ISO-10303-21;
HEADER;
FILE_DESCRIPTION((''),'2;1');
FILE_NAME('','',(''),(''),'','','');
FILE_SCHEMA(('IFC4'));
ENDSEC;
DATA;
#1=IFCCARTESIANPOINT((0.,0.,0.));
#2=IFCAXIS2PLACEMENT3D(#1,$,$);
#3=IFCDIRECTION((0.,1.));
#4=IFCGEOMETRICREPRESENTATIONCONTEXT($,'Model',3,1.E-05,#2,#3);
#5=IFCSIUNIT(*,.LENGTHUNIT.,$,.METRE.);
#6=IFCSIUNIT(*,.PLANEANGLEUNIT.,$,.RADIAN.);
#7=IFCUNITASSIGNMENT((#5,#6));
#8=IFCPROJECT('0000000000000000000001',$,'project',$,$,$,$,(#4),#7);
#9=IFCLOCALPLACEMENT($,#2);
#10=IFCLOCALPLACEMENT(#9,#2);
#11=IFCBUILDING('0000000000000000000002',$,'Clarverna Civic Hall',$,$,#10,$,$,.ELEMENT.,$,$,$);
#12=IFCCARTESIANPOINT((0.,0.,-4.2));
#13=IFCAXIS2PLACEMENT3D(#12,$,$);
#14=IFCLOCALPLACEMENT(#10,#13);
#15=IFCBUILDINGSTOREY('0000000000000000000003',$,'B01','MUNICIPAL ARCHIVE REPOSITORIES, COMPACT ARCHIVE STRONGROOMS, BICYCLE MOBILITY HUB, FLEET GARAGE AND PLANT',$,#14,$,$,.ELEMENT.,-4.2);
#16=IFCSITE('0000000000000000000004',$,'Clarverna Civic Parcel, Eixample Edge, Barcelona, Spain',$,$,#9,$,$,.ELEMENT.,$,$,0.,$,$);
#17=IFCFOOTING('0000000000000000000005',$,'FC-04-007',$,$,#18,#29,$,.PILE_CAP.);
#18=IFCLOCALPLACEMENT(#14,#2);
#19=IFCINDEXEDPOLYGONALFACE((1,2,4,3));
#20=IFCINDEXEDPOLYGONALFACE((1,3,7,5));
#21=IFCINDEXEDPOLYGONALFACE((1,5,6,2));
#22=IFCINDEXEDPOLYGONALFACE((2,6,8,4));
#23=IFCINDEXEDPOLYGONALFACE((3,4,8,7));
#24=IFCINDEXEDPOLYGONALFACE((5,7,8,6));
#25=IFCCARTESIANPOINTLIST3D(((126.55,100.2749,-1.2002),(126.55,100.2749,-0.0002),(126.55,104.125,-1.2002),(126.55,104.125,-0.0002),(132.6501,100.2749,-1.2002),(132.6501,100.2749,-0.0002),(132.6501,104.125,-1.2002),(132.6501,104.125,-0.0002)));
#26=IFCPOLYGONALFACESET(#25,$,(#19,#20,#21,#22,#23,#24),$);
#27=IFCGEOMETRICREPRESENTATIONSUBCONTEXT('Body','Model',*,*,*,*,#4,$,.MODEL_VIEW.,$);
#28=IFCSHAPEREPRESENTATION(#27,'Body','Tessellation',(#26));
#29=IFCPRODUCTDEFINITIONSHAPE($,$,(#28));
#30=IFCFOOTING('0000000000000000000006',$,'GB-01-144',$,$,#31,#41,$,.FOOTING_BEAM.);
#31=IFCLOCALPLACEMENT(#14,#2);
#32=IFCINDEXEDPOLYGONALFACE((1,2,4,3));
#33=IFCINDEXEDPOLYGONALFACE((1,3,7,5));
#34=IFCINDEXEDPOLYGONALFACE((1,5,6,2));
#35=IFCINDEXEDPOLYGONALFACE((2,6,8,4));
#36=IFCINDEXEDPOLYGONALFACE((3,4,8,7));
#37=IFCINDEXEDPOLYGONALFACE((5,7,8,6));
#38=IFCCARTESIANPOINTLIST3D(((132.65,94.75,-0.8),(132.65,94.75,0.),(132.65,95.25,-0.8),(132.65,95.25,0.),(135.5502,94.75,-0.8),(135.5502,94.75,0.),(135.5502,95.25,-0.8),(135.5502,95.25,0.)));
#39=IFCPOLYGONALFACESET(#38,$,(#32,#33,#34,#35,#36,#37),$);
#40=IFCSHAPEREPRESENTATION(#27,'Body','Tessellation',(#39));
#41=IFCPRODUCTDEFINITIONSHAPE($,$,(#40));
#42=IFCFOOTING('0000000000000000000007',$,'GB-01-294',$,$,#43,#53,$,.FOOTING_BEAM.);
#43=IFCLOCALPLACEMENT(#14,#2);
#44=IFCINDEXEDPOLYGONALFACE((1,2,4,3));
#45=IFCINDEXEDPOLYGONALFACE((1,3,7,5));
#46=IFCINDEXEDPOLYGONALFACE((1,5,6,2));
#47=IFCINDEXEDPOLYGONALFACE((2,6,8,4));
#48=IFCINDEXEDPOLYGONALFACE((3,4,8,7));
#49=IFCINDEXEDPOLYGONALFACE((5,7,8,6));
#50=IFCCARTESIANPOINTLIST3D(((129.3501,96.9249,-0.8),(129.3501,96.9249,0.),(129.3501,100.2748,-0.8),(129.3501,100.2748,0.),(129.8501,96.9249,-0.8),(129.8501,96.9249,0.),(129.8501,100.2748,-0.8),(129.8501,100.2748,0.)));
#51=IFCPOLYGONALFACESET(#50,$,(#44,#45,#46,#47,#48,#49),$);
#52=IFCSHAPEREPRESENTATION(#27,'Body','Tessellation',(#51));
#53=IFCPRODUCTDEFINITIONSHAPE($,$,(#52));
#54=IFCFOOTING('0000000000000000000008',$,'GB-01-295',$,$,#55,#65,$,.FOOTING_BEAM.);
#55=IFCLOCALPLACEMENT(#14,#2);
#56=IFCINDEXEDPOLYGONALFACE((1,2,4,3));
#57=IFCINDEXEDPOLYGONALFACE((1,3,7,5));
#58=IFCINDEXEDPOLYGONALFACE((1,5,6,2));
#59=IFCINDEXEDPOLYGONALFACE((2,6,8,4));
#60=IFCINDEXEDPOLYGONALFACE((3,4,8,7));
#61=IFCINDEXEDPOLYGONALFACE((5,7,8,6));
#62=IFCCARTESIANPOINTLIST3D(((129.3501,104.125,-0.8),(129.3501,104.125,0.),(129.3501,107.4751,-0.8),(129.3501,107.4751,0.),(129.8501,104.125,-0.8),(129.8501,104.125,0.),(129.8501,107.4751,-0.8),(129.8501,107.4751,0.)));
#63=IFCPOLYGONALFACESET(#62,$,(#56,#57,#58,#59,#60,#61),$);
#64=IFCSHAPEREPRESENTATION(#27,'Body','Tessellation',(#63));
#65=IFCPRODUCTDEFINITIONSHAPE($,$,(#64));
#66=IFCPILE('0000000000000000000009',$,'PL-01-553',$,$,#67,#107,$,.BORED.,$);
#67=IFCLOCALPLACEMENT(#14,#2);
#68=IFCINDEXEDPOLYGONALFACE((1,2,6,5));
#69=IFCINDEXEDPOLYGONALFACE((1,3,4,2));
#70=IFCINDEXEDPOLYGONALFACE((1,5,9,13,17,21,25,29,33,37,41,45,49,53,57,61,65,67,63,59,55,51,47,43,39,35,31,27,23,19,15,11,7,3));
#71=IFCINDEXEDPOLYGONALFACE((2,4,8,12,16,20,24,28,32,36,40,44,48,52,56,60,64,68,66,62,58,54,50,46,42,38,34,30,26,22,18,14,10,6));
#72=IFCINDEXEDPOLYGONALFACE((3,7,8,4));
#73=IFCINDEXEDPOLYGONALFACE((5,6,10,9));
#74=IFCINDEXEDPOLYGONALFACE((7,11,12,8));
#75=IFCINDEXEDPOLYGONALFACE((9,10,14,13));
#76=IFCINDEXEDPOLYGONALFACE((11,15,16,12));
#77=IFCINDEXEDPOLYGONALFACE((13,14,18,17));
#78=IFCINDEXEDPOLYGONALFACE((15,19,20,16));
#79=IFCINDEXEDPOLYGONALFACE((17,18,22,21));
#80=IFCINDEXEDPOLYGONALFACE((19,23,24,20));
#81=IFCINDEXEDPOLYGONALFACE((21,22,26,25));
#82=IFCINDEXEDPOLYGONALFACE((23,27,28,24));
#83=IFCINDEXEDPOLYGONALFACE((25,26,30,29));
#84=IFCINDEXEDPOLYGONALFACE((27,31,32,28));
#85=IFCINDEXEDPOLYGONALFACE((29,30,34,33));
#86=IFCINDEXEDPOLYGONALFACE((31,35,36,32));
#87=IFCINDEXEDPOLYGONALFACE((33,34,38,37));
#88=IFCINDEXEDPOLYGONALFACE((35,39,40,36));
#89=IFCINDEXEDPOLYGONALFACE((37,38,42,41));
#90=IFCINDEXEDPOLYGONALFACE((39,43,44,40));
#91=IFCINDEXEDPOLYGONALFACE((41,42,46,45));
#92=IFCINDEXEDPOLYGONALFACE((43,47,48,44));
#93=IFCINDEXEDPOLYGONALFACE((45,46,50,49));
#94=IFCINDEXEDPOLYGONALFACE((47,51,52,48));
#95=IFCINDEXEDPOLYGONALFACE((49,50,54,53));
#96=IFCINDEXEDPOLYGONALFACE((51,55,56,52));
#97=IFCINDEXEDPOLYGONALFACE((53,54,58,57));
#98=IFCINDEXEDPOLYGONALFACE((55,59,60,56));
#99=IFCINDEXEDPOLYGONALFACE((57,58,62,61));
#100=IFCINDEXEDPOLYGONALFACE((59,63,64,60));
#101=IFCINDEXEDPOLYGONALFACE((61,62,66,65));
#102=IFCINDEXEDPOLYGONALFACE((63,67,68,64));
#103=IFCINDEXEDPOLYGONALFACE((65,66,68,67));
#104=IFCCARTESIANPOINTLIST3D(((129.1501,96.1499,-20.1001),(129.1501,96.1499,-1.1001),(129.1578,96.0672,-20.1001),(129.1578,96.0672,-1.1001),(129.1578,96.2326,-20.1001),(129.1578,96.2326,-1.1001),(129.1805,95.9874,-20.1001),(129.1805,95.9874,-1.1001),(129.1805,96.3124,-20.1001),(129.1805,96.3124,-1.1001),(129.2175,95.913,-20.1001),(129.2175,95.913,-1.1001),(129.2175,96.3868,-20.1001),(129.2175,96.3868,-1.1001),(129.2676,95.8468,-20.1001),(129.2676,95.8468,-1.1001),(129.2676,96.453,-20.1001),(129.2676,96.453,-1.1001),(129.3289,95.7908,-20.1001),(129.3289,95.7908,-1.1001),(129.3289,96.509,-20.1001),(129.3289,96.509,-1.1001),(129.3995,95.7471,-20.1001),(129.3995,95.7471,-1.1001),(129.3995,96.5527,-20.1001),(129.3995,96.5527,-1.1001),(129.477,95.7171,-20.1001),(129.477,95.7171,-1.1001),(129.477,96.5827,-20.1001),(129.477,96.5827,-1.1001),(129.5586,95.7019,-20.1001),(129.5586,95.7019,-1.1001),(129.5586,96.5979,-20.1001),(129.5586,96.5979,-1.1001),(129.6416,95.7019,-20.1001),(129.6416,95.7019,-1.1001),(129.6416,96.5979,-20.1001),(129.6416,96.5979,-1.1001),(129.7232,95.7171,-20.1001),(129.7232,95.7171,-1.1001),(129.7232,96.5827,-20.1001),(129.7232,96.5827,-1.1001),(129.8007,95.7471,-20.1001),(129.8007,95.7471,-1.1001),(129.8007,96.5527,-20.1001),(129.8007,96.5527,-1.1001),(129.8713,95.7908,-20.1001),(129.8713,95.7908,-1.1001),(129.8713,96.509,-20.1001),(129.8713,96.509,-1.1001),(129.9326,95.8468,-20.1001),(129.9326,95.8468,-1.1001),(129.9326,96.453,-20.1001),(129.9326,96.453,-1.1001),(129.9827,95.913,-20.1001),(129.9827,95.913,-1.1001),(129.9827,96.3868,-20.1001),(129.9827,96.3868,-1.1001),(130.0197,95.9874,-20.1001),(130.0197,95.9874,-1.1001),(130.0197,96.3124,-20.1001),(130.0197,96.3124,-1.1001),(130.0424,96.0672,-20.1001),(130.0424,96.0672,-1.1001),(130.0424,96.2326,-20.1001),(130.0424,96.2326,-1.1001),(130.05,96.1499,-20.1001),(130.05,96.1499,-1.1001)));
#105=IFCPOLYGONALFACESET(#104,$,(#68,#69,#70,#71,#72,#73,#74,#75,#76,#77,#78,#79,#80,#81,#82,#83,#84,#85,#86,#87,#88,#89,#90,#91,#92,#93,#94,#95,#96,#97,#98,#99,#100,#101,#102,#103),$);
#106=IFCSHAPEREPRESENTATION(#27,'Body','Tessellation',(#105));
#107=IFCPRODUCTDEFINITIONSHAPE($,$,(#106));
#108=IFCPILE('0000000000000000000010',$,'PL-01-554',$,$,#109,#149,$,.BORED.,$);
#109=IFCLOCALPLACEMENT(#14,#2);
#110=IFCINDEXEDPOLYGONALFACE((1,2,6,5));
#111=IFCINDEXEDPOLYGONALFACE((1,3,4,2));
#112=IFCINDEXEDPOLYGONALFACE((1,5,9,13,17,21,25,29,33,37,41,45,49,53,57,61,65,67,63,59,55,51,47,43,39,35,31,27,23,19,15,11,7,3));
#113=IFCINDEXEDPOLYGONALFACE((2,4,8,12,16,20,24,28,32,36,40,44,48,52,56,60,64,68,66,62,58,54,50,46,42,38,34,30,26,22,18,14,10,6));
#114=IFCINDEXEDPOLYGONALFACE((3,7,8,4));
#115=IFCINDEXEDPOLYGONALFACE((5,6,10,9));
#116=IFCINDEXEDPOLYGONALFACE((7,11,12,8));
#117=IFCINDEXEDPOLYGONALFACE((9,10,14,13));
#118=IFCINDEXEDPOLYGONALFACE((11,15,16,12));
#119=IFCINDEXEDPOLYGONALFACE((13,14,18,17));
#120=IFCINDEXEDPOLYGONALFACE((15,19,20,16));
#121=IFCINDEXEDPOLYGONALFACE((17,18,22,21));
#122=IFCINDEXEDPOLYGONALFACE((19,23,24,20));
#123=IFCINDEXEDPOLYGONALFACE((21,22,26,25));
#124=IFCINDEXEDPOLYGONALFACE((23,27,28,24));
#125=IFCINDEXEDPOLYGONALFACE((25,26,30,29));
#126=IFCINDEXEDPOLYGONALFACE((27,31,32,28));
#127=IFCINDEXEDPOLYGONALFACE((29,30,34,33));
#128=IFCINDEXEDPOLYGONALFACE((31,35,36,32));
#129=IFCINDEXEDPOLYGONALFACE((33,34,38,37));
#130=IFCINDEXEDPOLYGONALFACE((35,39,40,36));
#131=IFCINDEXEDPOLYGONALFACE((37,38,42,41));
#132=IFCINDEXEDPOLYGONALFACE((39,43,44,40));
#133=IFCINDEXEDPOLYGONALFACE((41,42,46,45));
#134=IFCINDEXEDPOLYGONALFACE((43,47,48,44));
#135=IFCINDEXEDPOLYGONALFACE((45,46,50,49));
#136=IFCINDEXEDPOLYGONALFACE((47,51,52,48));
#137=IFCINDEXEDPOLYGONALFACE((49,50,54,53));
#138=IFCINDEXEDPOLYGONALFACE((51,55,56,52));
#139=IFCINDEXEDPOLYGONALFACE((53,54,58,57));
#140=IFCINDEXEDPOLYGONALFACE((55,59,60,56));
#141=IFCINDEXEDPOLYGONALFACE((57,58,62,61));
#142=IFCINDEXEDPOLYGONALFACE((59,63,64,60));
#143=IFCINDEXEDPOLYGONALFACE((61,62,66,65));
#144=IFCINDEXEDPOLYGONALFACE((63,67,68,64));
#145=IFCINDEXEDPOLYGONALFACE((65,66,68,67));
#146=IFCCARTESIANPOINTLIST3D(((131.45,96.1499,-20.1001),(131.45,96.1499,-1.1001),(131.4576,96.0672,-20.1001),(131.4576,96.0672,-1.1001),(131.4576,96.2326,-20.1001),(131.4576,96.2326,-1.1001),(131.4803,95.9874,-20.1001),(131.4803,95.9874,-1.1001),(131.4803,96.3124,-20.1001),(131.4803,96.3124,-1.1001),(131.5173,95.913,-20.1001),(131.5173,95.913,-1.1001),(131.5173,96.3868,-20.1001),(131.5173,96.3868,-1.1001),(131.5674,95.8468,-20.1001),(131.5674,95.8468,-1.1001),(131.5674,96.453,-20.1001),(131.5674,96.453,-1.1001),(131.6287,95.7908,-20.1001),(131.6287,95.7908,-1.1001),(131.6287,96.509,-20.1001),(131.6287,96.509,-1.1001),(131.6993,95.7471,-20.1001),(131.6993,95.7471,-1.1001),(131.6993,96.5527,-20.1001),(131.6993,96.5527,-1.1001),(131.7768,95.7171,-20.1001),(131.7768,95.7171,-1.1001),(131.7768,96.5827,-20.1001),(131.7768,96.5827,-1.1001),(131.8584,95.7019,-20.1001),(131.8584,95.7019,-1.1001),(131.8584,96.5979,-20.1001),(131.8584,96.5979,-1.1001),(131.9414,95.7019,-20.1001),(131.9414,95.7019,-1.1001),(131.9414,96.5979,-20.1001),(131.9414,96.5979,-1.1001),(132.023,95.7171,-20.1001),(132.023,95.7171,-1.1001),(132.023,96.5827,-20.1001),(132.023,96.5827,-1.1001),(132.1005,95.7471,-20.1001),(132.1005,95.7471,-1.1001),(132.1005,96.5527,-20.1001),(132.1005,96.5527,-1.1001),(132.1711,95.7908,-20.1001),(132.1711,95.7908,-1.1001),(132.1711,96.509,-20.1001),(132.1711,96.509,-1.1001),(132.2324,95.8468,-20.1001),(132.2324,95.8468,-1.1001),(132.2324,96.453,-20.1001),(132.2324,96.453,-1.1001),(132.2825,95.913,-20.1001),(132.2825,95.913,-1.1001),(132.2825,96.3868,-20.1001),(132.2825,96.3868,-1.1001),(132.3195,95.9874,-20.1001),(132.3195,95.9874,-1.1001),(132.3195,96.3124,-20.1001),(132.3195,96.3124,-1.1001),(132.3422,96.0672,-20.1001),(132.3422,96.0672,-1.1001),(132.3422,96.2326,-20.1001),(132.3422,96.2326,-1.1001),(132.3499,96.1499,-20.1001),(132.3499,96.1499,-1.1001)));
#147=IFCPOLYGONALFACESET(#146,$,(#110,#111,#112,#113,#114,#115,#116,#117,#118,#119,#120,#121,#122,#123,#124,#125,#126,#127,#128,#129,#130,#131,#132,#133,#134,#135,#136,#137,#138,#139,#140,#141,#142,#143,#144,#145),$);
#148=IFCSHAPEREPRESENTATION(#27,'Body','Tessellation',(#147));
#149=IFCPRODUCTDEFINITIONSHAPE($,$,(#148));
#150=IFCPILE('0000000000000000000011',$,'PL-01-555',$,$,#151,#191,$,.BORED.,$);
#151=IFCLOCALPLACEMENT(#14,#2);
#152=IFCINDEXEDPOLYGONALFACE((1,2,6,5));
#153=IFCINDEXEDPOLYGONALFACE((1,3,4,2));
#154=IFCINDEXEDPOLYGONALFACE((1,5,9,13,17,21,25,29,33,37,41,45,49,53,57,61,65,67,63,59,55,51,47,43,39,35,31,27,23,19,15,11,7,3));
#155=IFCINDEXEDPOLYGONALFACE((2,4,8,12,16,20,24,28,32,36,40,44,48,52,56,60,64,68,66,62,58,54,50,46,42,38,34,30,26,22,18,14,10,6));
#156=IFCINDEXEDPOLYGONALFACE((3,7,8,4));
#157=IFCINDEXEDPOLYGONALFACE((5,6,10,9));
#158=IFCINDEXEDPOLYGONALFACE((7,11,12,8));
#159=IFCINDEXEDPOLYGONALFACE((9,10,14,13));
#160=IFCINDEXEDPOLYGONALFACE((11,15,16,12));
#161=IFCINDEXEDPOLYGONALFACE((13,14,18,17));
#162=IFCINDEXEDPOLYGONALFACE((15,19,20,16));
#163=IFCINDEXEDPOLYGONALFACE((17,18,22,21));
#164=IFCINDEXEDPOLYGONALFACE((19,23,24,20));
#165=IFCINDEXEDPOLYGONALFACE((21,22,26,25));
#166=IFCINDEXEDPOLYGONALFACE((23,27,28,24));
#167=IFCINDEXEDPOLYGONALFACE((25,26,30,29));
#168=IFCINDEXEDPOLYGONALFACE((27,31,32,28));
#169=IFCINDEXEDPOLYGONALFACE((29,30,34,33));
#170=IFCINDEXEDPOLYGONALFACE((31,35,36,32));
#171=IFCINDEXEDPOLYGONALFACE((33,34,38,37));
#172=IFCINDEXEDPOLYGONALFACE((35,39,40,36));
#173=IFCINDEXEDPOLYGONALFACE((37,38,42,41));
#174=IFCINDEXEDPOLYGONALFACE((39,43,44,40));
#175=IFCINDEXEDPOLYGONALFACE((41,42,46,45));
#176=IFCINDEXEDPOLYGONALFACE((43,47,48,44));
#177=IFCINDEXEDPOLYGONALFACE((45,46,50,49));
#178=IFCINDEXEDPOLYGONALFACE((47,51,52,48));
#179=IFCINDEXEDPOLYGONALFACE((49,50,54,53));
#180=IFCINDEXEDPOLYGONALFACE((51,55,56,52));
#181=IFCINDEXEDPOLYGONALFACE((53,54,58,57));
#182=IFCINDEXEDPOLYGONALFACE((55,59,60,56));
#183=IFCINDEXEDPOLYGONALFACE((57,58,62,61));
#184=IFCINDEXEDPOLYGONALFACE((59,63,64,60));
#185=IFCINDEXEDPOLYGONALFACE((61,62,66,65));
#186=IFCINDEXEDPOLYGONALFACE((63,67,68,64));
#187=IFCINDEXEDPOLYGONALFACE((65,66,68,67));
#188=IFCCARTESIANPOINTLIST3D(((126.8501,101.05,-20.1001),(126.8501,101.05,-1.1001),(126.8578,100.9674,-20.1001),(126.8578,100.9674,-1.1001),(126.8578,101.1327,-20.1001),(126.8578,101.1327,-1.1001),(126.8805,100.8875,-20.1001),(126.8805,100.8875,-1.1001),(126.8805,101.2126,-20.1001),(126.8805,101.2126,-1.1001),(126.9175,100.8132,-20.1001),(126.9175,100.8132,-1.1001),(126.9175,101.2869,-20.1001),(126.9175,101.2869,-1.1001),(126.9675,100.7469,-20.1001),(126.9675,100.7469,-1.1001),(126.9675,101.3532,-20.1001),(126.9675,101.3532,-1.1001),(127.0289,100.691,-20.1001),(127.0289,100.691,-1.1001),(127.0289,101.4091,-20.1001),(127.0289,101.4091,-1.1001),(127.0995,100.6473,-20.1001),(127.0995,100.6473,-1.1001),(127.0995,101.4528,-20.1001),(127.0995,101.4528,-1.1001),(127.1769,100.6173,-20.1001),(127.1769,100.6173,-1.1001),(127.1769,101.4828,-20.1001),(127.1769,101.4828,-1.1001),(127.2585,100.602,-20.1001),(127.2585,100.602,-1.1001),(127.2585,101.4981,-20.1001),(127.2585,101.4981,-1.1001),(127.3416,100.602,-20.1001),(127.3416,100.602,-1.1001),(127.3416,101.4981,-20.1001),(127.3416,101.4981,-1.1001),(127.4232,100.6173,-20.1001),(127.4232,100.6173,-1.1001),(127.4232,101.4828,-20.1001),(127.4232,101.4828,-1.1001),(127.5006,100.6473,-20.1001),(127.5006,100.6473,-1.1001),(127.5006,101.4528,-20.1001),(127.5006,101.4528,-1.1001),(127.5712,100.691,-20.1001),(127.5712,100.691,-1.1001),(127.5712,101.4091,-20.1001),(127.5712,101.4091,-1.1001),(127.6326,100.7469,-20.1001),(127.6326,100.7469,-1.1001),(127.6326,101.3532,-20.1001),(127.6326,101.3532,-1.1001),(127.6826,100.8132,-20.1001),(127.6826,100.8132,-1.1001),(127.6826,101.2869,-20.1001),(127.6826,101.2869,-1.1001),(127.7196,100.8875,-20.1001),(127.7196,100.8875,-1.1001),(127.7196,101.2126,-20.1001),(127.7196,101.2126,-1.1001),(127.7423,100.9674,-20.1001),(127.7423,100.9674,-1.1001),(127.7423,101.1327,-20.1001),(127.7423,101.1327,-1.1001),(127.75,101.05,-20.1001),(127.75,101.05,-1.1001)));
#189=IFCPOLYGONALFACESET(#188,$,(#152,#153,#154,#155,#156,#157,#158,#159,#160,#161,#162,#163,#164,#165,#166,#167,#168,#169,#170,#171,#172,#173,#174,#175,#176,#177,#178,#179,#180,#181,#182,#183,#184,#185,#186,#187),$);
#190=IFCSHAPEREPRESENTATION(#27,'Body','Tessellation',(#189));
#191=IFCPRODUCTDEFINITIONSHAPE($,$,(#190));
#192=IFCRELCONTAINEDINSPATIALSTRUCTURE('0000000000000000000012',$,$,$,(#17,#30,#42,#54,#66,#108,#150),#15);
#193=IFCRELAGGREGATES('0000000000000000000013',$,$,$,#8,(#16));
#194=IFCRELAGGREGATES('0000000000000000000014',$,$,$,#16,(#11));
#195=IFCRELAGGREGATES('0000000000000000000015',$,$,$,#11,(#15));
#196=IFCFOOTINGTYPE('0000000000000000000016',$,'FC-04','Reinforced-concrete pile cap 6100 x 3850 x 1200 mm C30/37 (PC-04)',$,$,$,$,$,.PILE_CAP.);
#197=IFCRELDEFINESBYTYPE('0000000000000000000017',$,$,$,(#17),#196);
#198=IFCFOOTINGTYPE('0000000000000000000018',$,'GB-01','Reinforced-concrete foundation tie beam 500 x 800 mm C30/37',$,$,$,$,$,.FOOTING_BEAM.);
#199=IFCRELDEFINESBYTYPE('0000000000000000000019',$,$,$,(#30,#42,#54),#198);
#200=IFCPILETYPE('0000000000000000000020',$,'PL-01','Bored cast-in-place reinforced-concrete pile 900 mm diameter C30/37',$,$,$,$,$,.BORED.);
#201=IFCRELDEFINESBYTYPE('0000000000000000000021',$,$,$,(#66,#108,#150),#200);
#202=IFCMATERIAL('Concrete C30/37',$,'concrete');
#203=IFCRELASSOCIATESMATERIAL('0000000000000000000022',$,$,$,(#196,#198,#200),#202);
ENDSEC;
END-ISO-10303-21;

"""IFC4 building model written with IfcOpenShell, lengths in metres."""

from ifc_helpers import new_model, si_unit, direction, frame, frame_2d, origin, origin_2d, place, context, subcontext, project, spatial, rectangle, circle, extrude, material, material_profile, profile_set, type_object, element, save


model = new_model("IFC4")

# Units and contexts
model_context = context("Model", 3, precision=1e-05, world=origin(), true_north=direction((0.0, 1.0)))
body_context = subcontext(model_context, "Body", "Model", "MODEL_VIEW")
ifc_project = project(units=[si_unit("LENGTHUNIT", "METRE"), si_unit("PLANEANGLEUNIT", "RADIAN")], contexts=[model_context])

# Site, building, storey
site_placement = place(None, origin())
site = spatial("IfcSite", under=ifc_project, at=site_placement, Name="Clarverna Civic Parcel, Eixample Edge, Barcelona, Spain", CompositionType="ELEMENT", RefElevation=0.0)
building_placement = place(site_placement, origin())
building = spatial("IfcBuilding", under=site, at=building_placement, Name="Clarverna Civic Hall", CompositionType="ELEMENT")
storey_placement = place(building_placement, frame((0.0, 0.0, -4.2)))
storey = spatial("IfcBuildingStorey", under=building, at=storey_placement, Name="B01", Description="MUNICIPAL ARCHIVE REPOSITORIES, COMPACT ARCHIVE STRONGROOMS, BICYCLE MOBILITY HUB, FLEET GARAGE AND PLANT", CompositionType="ELEMENT", Elevation=-4.2)

# Footings
ifc_material_1 = material(Name="Concrete C30/37", Category="concrete")
footing_type_1 = type_object("IfcFootingType", Name="FC-04", Description="Reinforced-concrete pile cap 6100 x 3850 x 1200 mm C30/37 (PC-04)", PredefinedType="PILE_CAP", material=ifc_material_1)
footing_1_placement = place(storey_placement, frame((129.6001, 102.2, -1.2002), z_axis=(0.0, 0.0, 1.0), x_axis=(1.0, 0.0, 0.0)))
element("IfcFooting", 1, at=footing_1_placement, inside=storey, type_object=footing_type_1, Name="FC-04-007", PredefinedType="PILE_CAP", context=body_context, shape_type="SweptSolid", body=[
    extrude(rectangle(XDim=6.1001, YDim=3.8501, at=origin_2d()), origin(), (0.0, 0.0, 1.0), 1.2),
])
footing_type_2 = type_object("IfcFootingType", Name="GB-01", Description="Reinforced-concrete foundation tie beam 500 x 800 mm C30/37", PredefinedType="FOOTING_BEAM", material=ifc_material_1)
footing_2_placement = place(storey_placement, frame((132.6499, 95.0, -0.8), z_axis=(0.0, 0.0, 1.0), x_axis=(1.0, 0.0, 0.0)))
element("IfcFooting", 2, at=footing_2_placement, inside=storey, type_object=footing_type_2, Name="GB-01-144", PredefinedType="FOOTING_BEAM", context=body_context, shape_type="SweptSolid", body=[
    extrude(rectangle(XDim=2.9001, YDim=0.5, at=frame_2d((1.4502, 0.0))), origin(), (0.0, 0.0, 1.0), 0.8),
])
footing_3_placement = place(storey_placement, frame((129.6001, 96.925, -0.8), z_axis=(0.0, 0.0, 1.0), x_axis=(0.0, 1.0, 0.0)))
element("IfcFooting", 3, at=footing_3_placement, inside=storey, type_object=footing_type_2, Name="GB-01-294", PredefinedType="FOOTING_BEAM", context=body_context, shape_type="SweptSolid", body=[
    extrude(rectangle(XDim=3.3499, YDim=0.5, at=frame_2d((1.6748, 0.0))), origin(), (0.0, 0.0, 1.0), 0.8),
])
footing_4_placement = place(storey_placement, frame((129.6001, 104.125, -0.8), z_axis=(0.0, 0.0, 1.0), x_axis=(0.0, 1.0, 0.0)))
element("IfcFooting", 4, at=footing_4_placement, inside=storey, type_object=footing_type_2, Name="GB-01-295", PredefinedType="FOOTING_BEAM", context=body_context, shape_type="SweptSolid", body=[
    extrude(rectangle(XDim=3.3501, YDim=0.5, at=frame_2d((1.675, 0.0))), origin(), (0.0, 0.0, 1.0), 0.8),
])

# Piles
ifc_material_profile_1 = material_profile(ifc_material_1, circle(Radius=0.45, at=origin_2d()), Name="BORED PILE D900")
ifc_profile_set_1 = profile_set([ifc_material_profile_1], Name="Concrete C30/37")
pile_type = type_object("IfcPileType", Name="PL-01", Description="Bored cast-in-place reinforced-concrete pile 900 mm diameter C30/37", PredefinedType="BORED", material=ifc_profile_set_1)
for number, where, z_axis, x_axis, name in (
    (5, (129.6001, 96.1499, -1.1001), (0.0, 0.0, -1.0), (1.0, 0.0, 0.0), "PL-01-553"),
    (6, (131.8999, 96.1499, -1.1001), (0.0, 0.0, -1.0), (1.0, 0.0, 0.0), "PL-01-554"),
    (7, (127.3, 101.05, -1.1001), (0.0, 0.0, -1.0), (1.0, 0.0, 0.0), "PL-01-555"),
):
    element("IfcPile", number, at=place(storey_placement, frame(where, z_axis=z_axis, x_axis=x_axis)), inside=storey, type_object=pile_type, Name=name, PredefinedType="BORED", context=body_context, shape_type="SweptSolid", body=[
        extrude(circle(Radius=0.45, at=origin_2d()), origin(), (0.0, 0.0, 1.0), 19.0),
    ])

save(model, "model.ifc")
